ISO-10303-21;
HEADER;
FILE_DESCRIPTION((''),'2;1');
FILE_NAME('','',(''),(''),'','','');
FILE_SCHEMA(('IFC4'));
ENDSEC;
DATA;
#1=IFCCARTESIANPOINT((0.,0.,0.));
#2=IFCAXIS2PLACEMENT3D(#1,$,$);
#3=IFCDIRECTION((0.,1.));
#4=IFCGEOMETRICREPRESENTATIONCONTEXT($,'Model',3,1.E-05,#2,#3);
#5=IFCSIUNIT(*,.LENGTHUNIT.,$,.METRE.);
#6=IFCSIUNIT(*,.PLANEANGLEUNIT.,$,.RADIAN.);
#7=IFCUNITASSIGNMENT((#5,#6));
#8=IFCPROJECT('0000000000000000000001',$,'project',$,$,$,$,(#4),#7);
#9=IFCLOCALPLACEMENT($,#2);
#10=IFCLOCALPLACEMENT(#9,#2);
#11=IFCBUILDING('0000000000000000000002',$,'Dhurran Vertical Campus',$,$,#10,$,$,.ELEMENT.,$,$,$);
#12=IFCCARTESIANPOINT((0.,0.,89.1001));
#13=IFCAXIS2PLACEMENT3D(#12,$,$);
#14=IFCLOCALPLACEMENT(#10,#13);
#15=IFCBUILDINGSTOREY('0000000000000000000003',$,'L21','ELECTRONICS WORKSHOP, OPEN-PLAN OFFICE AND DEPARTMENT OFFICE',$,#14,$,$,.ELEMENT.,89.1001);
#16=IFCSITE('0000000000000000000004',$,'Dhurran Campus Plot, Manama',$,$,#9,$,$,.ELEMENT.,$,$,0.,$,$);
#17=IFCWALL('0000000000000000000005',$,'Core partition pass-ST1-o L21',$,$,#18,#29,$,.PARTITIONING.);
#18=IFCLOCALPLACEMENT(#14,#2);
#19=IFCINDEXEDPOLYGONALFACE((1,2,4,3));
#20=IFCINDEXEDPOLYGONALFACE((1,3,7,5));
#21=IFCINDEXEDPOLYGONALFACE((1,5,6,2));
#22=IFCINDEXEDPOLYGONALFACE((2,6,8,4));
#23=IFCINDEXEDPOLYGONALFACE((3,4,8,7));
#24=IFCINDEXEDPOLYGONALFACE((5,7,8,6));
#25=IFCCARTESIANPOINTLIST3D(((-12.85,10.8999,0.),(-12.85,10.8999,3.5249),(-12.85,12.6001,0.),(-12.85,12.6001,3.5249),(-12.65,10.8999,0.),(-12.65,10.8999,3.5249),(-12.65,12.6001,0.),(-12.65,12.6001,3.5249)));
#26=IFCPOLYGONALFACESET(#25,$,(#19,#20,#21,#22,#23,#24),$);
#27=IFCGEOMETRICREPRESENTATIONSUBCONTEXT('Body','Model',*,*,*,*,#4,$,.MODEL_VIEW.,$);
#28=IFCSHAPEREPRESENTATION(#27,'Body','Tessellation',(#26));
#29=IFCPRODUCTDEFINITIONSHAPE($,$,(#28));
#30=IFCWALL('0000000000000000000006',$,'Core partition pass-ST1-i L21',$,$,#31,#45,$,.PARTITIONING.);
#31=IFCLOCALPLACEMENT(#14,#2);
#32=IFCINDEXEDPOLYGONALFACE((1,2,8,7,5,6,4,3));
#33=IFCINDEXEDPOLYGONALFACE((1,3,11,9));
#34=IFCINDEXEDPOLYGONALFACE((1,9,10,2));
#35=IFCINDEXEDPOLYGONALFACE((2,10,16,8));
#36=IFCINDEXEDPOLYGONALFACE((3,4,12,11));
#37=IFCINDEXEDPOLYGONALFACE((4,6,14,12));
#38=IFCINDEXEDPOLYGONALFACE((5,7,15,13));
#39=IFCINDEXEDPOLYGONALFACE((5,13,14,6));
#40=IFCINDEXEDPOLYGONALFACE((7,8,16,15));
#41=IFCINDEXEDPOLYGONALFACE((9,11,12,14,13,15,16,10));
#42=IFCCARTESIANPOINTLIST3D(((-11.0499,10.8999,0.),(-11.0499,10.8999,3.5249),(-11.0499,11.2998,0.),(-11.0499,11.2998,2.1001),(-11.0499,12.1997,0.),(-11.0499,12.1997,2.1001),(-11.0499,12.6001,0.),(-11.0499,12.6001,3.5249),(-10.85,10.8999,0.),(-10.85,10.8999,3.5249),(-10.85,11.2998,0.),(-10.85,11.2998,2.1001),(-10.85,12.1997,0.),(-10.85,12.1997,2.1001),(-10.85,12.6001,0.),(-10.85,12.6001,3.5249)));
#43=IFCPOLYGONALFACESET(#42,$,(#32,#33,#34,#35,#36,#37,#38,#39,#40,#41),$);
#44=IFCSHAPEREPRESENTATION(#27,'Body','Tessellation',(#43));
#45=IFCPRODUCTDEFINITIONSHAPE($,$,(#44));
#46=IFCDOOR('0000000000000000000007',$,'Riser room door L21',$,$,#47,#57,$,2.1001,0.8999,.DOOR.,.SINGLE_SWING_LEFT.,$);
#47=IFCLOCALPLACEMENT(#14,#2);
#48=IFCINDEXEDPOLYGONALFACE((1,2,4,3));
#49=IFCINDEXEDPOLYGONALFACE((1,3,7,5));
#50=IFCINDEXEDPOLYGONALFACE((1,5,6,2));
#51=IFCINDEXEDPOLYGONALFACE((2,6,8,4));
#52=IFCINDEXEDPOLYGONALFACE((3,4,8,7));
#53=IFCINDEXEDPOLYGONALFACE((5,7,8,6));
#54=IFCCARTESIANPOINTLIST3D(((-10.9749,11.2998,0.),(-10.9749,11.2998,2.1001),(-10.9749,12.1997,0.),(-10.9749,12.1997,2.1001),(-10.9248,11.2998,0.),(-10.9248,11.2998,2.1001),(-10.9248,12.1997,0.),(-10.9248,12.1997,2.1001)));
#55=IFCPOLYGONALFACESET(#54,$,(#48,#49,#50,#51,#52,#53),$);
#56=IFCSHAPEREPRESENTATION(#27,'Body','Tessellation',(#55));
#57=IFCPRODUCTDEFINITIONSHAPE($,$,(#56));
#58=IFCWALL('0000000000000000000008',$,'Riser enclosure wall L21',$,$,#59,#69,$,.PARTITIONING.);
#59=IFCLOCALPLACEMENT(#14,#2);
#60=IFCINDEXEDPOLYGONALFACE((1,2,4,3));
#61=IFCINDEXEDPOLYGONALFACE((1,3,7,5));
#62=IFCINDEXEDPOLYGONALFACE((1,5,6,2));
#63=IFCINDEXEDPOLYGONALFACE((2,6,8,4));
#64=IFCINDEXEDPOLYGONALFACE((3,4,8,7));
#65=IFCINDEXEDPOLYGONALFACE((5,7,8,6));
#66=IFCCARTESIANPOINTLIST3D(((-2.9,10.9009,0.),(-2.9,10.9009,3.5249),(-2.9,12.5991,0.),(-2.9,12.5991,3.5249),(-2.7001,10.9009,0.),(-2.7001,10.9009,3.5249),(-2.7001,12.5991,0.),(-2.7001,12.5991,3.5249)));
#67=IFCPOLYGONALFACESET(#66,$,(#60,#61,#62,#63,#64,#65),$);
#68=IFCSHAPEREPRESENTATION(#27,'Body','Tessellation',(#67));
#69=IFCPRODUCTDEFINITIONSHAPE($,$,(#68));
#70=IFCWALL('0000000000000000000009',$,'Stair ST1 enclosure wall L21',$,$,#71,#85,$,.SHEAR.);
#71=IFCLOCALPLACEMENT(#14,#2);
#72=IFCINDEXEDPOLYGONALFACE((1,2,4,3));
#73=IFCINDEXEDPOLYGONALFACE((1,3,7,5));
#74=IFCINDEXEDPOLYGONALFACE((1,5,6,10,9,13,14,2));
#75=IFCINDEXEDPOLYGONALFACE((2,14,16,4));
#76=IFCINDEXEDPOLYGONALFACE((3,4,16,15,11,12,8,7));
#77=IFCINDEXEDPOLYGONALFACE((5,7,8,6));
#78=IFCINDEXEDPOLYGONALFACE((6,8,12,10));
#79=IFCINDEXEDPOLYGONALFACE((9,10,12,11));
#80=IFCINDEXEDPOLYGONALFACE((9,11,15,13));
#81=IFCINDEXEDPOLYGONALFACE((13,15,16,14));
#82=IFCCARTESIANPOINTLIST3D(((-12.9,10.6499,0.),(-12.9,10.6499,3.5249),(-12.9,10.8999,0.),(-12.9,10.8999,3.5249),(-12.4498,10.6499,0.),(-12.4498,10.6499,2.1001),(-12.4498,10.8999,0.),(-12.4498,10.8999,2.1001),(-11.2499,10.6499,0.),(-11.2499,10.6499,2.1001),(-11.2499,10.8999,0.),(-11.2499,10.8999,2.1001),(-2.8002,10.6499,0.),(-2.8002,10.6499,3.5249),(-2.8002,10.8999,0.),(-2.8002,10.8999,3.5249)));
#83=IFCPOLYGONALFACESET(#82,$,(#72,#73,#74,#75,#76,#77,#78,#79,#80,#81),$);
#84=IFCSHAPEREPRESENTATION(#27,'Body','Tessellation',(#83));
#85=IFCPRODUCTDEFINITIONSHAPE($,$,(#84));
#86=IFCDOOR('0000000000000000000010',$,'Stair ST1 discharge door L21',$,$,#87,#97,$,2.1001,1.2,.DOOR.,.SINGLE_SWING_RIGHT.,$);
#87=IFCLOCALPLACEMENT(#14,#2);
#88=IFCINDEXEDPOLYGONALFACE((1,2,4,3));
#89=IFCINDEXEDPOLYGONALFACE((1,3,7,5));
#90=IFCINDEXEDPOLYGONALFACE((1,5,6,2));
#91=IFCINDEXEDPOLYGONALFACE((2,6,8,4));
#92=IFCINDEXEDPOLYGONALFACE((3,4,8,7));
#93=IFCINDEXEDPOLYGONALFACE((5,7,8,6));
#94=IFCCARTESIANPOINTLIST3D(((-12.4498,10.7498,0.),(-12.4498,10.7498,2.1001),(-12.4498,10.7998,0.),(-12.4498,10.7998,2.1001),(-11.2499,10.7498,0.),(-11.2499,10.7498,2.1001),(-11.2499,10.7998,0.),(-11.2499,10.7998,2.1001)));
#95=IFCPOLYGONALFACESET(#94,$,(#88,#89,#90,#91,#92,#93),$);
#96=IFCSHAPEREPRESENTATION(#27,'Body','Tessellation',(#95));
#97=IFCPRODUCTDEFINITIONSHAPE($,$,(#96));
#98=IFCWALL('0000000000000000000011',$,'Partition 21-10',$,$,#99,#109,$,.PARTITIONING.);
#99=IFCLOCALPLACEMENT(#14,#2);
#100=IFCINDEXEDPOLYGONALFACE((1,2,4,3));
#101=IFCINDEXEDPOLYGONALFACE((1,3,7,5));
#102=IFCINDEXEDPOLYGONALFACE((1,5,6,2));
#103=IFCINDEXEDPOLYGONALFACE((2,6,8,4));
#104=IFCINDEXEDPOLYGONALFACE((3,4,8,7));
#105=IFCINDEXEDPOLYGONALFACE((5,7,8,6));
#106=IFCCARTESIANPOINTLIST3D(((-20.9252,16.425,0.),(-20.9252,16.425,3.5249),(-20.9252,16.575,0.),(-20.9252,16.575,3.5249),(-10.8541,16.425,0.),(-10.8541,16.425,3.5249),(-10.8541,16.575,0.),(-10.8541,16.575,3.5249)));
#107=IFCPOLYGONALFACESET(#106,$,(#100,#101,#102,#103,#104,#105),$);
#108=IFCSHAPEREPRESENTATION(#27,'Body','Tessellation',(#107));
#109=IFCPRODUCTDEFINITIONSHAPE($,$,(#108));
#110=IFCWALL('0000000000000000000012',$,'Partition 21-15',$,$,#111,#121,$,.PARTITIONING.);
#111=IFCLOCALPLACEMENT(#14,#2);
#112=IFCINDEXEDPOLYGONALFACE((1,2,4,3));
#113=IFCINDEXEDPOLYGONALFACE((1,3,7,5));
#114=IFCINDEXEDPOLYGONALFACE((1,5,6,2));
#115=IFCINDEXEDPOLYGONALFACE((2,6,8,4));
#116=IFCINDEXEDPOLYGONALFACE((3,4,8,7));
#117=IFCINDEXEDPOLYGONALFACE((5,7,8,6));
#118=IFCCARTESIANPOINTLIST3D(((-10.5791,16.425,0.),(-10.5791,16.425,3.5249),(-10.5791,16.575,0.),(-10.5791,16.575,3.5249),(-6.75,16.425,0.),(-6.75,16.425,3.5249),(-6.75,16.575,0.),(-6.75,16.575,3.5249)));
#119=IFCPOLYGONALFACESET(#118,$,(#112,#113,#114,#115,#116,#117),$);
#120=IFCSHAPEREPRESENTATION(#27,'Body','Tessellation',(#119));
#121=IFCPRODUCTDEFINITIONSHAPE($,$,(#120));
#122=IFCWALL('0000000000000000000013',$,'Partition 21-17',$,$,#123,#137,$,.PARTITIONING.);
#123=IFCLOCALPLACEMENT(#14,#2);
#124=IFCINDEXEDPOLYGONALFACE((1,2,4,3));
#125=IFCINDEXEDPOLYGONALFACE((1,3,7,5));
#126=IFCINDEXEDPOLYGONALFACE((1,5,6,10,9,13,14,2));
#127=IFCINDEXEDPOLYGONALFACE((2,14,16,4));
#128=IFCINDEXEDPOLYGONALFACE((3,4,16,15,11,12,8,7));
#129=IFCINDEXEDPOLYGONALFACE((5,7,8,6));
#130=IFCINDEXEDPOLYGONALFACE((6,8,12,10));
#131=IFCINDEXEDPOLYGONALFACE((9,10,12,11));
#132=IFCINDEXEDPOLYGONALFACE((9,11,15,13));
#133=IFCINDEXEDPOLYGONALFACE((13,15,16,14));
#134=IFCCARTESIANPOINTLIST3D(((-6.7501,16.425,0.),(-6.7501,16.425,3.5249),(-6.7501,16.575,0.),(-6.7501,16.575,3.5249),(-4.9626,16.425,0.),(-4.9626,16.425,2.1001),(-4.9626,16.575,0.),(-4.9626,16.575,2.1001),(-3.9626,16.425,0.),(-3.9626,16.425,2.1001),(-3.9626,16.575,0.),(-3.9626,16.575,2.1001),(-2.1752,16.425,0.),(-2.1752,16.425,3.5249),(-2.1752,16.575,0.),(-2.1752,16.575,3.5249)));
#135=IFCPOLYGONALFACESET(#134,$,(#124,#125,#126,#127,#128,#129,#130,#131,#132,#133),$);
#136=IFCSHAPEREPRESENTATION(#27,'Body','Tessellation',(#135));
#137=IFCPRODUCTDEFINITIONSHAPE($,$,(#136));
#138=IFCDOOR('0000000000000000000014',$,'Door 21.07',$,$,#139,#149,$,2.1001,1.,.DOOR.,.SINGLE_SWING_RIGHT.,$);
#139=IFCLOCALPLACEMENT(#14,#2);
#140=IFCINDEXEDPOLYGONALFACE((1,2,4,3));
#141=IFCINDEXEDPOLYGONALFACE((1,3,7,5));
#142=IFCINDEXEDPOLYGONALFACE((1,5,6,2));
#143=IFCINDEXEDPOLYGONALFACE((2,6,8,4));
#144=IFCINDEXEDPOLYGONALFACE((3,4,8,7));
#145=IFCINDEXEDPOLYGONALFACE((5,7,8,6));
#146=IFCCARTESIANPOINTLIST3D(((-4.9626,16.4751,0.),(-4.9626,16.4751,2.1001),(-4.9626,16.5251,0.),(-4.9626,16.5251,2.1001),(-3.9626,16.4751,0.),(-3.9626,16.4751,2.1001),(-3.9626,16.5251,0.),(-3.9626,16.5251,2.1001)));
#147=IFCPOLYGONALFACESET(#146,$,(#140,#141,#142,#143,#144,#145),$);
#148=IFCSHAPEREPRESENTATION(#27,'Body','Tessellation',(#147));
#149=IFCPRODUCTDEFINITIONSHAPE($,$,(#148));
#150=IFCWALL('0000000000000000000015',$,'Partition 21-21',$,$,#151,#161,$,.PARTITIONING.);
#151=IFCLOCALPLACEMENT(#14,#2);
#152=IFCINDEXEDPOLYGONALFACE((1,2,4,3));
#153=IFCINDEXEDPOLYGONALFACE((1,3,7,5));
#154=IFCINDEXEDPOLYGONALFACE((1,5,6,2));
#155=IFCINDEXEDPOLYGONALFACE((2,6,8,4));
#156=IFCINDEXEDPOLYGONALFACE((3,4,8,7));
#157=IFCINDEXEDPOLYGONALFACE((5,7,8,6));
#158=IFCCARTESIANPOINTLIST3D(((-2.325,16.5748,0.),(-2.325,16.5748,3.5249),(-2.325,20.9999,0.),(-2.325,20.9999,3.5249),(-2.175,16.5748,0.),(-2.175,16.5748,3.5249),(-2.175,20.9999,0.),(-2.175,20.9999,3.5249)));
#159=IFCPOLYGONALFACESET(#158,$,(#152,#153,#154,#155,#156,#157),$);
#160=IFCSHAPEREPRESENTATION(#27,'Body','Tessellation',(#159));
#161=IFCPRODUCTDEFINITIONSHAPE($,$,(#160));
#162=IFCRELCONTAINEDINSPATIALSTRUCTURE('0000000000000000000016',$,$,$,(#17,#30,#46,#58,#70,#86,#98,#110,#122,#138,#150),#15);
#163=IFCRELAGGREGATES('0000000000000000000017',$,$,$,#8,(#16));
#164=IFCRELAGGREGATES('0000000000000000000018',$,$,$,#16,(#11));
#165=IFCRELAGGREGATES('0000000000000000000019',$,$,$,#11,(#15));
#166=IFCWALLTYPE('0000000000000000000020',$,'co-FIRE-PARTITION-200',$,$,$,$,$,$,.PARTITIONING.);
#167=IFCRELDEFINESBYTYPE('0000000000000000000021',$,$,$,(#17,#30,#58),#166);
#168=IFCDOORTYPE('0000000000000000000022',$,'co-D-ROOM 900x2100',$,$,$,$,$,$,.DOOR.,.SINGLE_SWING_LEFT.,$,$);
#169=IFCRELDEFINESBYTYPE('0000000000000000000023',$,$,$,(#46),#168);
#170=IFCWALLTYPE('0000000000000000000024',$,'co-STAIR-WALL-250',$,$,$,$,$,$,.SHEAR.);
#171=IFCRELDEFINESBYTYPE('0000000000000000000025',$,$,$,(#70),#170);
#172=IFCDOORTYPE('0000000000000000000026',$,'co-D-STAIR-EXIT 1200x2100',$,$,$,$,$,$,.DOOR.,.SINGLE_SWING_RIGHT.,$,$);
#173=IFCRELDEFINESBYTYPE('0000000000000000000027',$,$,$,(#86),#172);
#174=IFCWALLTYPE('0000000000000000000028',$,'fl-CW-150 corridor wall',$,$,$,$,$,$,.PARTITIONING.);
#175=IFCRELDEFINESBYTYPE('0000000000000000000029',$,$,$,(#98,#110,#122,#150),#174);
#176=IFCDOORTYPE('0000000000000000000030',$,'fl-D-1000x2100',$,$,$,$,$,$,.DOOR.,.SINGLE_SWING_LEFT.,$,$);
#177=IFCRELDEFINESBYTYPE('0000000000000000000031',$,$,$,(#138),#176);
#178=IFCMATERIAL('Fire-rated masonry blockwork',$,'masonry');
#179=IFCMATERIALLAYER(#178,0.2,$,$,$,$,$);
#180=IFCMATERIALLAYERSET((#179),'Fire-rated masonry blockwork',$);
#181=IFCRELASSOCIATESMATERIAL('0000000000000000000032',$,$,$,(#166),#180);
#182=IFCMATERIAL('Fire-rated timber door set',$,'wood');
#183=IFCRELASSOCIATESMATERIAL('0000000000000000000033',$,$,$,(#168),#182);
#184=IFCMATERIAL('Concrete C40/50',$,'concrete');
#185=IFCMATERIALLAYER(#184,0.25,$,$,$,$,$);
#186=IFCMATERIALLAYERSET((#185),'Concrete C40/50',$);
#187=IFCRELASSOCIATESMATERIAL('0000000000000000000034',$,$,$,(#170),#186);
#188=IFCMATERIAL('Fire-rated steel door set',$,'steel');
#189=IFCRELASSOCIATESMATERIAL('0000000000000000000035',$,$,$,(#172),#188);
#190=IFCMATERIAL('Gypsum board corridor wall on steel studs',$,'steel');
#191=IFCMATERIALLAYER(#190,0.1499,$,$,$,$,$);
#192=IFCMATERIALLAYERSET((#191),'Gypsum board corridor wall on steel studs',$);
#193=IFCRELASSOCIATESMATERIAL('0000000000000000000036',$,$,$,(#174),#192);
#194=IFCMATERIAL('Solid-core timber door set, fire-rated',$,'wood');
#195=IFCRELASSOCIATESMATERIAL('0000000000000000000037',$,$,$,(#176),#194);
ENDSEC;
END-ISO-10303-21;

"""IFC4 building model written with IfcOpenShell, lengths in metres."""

from ifc_helpers import new_model, si_unit, direction, frame, frame_2d, origin, place, context, subcontext, project, spatial, rectangle, extrude, material, layer, layer_set, type_object, element, fill, save


model = new_model("IFC4")

# Units and contexts
model_context = context("Model", 3, precision=1e-05, world=origin(), true_north=direction((0.0, 1.0)))
body_context = subcontext(model_context, "Body", "Model", "MODEL_VIEW")
ifc_project = project(units=[si_unit("LENGTHUNIT", "METRE"), si_unit("PLANEANGLEUNIT", "RADIAN")], contexts=[model_context])

# Site, building, storey
site_placement = place(None, origin())
site = spatial("IfcSite", under=ifc_project, at=site_placement, Name="Dhurran Campus Plot, Manama", CompositionType="ELEMENT", RefElevation=0.0)
building_placement = place(site_placement, origin())
building = spatial("IfcBuilding", under=site, at=building_placement, Name="Dhurran Vertical Campus", CompositionType="ELEMENT")
storey_placement = place(building_placement, frame((0.0, 0.0, 89.1001)))
storey = spatial("IfcBuildingStorey", under=building, at=storey_placement, Name="L21", Description="ELECTRONICS WORKSHOP, OPEN-PLAN OFFICE AND DEPARTMENT OFFICE", CompositionType="ELEMENT", Elevation=89.1001)

# Wall
ifc_material_1 = material(Name="Fire-rated masonry blockwork", Category="masonry")
ifc_layer_1 = layer(ifc_material_1, 0.2)
ifc_layer_set_1 = layer_set([ifc_layer_1], Name="Fire-rated masonry blockwork")
wall_type_1 = type_object("IfcWallType", Name="co-FIRE-PARTITION-200", PredefinedType="PARTITIONING", material=ifc_layer_set_1)
wall_1_placement = place(storey_placement, frame((-12.75, 10.8999, 0.0), z_axis=(0.0, 0.0, 1.0), x_axis=(0.0, 1.0, 0.0)))
element("IfcWall", 1, at=wall_1_placement, inside=storey, type_object=wall_type_1, Name="Core partition pass-ST1-o L21", PredefinedType="PARTITIONING", context=body_context, shape_type="SweptSolid", body=[
    extrude(rectangle(XDim=1.7002, YDim=0.2, at=frame_2d((0.8501, 0.0))), origin(), (0.0, 0.0, 1.0), 3.5249),
])

# Wall, opening, door
wall_2_placement = place(storey_placement, frame((-10.95, 10.8999, 0.0), z_axis=(0.0, 0.0, 1.0), x_axis=(0.0, 1.0, 0.0)))
wall_2 = element("IfcWall", 2, at=wall_2_placement, inside=storey, type_object=wall_type_1, Name="Core partition pass-ST1-i L21", PredefinedType="PARTITIONING", context=body_context, shape_type="SweptSolid", body=[
    extrude(rectangle(XDim=1.7002, YDim=0.2, at=frame_2d((0.8501, 0.0))), origin(), (0.0, 0.0, 1.0), 3.5249),
])
opening_1_placement = place(wall_2_placement, frame((0.3999, 0.0, 0.0)))
opening_1 = element("IfcOpeningElement", 3, at=opening_1_placement, cuts=wall_2, PredefinedType="OPENING", context=body_context, shape_type="SweptSolid", body=[
    extrude(rectangle(XDim=0.8999, YDim=2.1001, at=frame_2d((0.45, 1.05))), frame((0.0, 0.1099, 0.0), z_axis=(0.0, -1.0, 0.0), x_axis=(1.0, 0.0, 0.0)), (0.0, 0.0, 1.0), 0.22),
])
ifc_material_2 = material(Name="Fire-rated timber door set", Category="wood")
door_type_1 = type_object("IfcDoorType", Name="co-D-ROOM 900x2100", OperationType="SINGLE_SWING_LEFT", PredefinedType="DOOR", material=ifc_material_2)
door_1_placement = place(opening_1_placement, origin())
door_1 = element("IfcDoor", 4, at=door_1_placement, inside=storey, type_object=door_type_1, Name="Riser room door L21", OperationType="SINGLE_SWING_LEFT", OverallHeight=2.1001, OverallWidth=0.8999, PredefinedType="DOOR", context=body_context, shape_type="SweptSolid", body=[
    extrude(rectangle(XDim=0.8999, YDim=2.1001, at=frame_2d((0.45, 1.05))), frame((0.0, 0.0249, 0.0), z_axis=(0.0, -1.0, 0.0), x_axis=(1.0, 0.0, 0.0)), (0.0, 0.0, 1.0), 0.05),
])
fill(opening_1, door_1)

# Wall
wall_3_placement = place(storey_placement, frame((-2.8, 10.9009, 0.0), z_axis=(0.0, 0.0, 1.0), x_axis=(0.0, 1.0, 0.0)))
element("IfcWall", 5, at=wall_3_placement, inside=storey, type_object=wall_type_1, Name="Riser enclosure wall L21", PredefinedType="PARTITIONING", context=body_context, shape_type="SweptSolid", body=[
    extrude(rectangle(XDim=1.6982, YDim=0.2, at=frame_2d((0.8491, 0.0))), origin(), (0.0, 0.0, 1.0), 3.5249),
])

# Wall, opening, door
ifc_material_3 = material(Name="Concrete C40/50", Category="concrete")
ifc_layer_2 = layer(ifc_material_3, 0.25)
ifc_layer_set_2 = layer_set([ifc_layer_2], Name="Concrete C40/50")
wall_type_2 = type_object("IfcWallType", Name="co-STAIR-WALL-250", PredefinedType="SHEAR", material=ifc_layer_set_2)
wall_4_placement = place(storey_placement, frame((-12.8999, 10.7749, 0.0), z_axis=(0.0, 0.0, 1.0), x_axis=(1.0, 0.0, 0.0)))
wall_4 = element("IfcWall", 6, at=wall_4_placement, inside=storey, type_object=wall_type_2, Name="Stair ST1 enclosure wall L21", PredefinedType="SHEAR", context=body_context, shape_type="SweptSolid", body=[
    extrude(rectangle(XDim=10.0999, YDim=0.25, at=frame_2d((5.0498, 0.0))), origin(), (0.0, 0.0, 1.0), 3.5249),
])
opening_2_placement = place(wall_4_placement, frame((0.45, 0.0, 0.0)))
opening_2 = element("IfcOpeningElement", 7, at=opening_2_placement, cuts=wall_4, PredefinedType="OPENING", context=body_context, shape_type="SweptSolid", body=[
    extrude(rectangle(XDim=1.2, YDim=2.1001, at=frame_2d((0.6001, 1.05))), frame((0.0, 0.135, 0.0), z_axis=(0.0, -1.0, 0.0), x_axis=(1.0, 0.0, 0.0)), (0.0, 0.0, 1.0), 0.27),
])
ifc_material_4 = material(Name="Fire-rated steel door set", Category="steel")
door_type_2 = type_object("IfcDoorType", Name="co-D-STAIR-EXIT 1200x2100", OperationType="SINGLE_SWING_RIGHT", PredefinedType="DOOR", material=ifc_material_4)
door_2_placement = place(opening_2_placement, origin())
door_2 = element("IfcDoor", 8, at=door_2_placement, inside=storey, type_object=door_type_2, Name="Stair ST1 discharge door L21", OperationType="SINGLE_SWING_RIGHT", OverallHeight=2.1001, OverallWidth=1.2, PredefinedType="DOOR", context=body_context, shape_type="SweptSolid", body=[
    extrude(rectangle(XDim=1.2, YDim=2.1001, at=frame_2d((0.6001, 1.05))), frame((0.0, 0.0249, 0.0), z_axis=(0.0, -1.0, 0.0), x_axis=(1.0, 0.0, 0.0)), (0.0, 0.0, 1.0), 0.05),
])
fill(opening_2, door_2)

# Walls
ifc_material_5 = material(Name="Gypsum board corridor wall on steel studs", Category="steel")
ifc_layer_3 = layer(ifc_material_5, 0.1499)
ifc_layer_set_3 = layer_set([ifc_layer_3], Name="Gypsum board corridor wall on steel studs")
wall_type_3 = type_object("IfcWallType", Name="fl-CW-150 corridor wall", PredefinedType="PARTITIONING", material=ifc_layer_set_3)
wall_5_placement = place(storey_placement, frame((-10.854, 16.5, 0.0), z_axis=(0.0, 0.0, 1.0), x_axis=(-1.0, 0.0, 0.0)))
element("IfcWall", 9, at=wall_5_placement, inside=storey, type_object=wall_type_3, Name="Partition 21-10", PredefinedType="PARTITIONING", context=body_context, shape_type="SweptSolid", body=[
    extrude(rectangle(XDim=10.071, YDim=0.1499, at=frame_2d((5.0356, 0.0))), origin(), (0.0, 0.0, 1.0), 3.5249),
])
wall_6_placement = place(storey_placement, frame((-6.75, 16.5, 0.0), z_axis=(0.0, 0.0, 1.0), x_axis=(-1.0, 0.0, 0.0)))
element("IfcWall", 10, at=wall_6_placement, inside=storey, type_object=wall_type_3, Name="Partition 21-15", PredefinedType="PARTITIONING", context=body_context, shape_type="SweptSolid", body=[
    extrude(rectangle(XDim=3.8291, YDim=0.1499, at=frame_2d((1.9146, 0.0))), origin(), (0.0, 0.0, 1.0), 3.5249),
])

# Wall, opening, door
wall_7_placement = place(storey_placement, frame((-2.175, 16.5, 0.0), z_axis=(0.0, 0.0, 1.0), x_axis=(-1.0, 0.0, 0.0)))
wall_7 = element("IfcWall", 11, at=wall_7_placement, inside=storey, type_object=wall_type_3, Name="Partition 21-17", PredefinedType="PARTITIONING", context=body_context, shape_type="SweptSolid", body=[
    extrude(rectangle(XDim=4.575, YDim=0.1499, at=frame_2d((2.2876, 0.0))), origin(), (0.0, 0.0, 1.0), 3.5249),
])
opening_3_placement = place(wall_7_placement, frame((1.7876, 0.0, 0.0)))
opening_3 = element("IfcOpeningElement", 12, at=opening_3_placement, cuts=wall_7, PredefinedType="OPENING", context=body_context, shape_type="SweptSolid", body=[
    extrude(rectangle(XDim=1.0, YDim=2.1001, at=frame_2d((0.5, 1.05))), frame((0.0, 0.085, 0.0), z_axis=(0.0, -1.0, 0.0), x_axis=(1.0, 0.0, 0.0)), (0.0, 0.0, 1.0), 0.1699),
])
ifc_material_6 = material(Name="Solid-core timber door set, fire-rated", Category="wood")
door_type_3 = type_object("IfcDoorType", Name="fl-D-1000x2100", OperationType="SINGLE_SWING_LEFT", PredefinedType="DOOR", material=ifc_material_6)
door_3_placement = place(opening_3_placement, origin())
door_3 = element("IfcDoor", 13, at=door_3_placement, inside=storey, type_object=door_type_3, Name="Door 21.07", OperationType="SINGLE_SWING_RIGHT", OverallHeight=2.1001, OverallWidth=1.0, PredefinedType="DOOR", context=body_context, shape_type="SweptSolid", body=[
    extrude(rectangle(XDim=1.0, YDim=2.1001, at=frame_2d((0.5, 1.05))), frame((0.0, 0.0249, 0.0), z_axis=(0.0, -1.0, 0.0), x_axis=(1.0, 0.0, 0.0)), (0.0, 0.0, 1.0), 0.05),
])
fill(opening_3, door_3)

# Wall
wall_8_placement = place(storey_placement, frame((-2.25, 16.575, 0.0), z_axis=(0.0, 0.0, 1.0), x_axis=(0.0, 1.0, 0.0)))
element("IfcWall", 14, at=wall_8_placement, inside=storey, type_object=wall_type_3, Name="Partition 21-21", PredefinedType="PARTITIONING", context=body_context, shape_type="SweptSolid", body=[
    extrude(rectangle(XDim=4.425, YDim=0.1499, at=frame_2d((2.2124, 0.0))), origin(), (0.0, 0.0, 1.0), 3.5249),
])

save(model, "model.ifc")
